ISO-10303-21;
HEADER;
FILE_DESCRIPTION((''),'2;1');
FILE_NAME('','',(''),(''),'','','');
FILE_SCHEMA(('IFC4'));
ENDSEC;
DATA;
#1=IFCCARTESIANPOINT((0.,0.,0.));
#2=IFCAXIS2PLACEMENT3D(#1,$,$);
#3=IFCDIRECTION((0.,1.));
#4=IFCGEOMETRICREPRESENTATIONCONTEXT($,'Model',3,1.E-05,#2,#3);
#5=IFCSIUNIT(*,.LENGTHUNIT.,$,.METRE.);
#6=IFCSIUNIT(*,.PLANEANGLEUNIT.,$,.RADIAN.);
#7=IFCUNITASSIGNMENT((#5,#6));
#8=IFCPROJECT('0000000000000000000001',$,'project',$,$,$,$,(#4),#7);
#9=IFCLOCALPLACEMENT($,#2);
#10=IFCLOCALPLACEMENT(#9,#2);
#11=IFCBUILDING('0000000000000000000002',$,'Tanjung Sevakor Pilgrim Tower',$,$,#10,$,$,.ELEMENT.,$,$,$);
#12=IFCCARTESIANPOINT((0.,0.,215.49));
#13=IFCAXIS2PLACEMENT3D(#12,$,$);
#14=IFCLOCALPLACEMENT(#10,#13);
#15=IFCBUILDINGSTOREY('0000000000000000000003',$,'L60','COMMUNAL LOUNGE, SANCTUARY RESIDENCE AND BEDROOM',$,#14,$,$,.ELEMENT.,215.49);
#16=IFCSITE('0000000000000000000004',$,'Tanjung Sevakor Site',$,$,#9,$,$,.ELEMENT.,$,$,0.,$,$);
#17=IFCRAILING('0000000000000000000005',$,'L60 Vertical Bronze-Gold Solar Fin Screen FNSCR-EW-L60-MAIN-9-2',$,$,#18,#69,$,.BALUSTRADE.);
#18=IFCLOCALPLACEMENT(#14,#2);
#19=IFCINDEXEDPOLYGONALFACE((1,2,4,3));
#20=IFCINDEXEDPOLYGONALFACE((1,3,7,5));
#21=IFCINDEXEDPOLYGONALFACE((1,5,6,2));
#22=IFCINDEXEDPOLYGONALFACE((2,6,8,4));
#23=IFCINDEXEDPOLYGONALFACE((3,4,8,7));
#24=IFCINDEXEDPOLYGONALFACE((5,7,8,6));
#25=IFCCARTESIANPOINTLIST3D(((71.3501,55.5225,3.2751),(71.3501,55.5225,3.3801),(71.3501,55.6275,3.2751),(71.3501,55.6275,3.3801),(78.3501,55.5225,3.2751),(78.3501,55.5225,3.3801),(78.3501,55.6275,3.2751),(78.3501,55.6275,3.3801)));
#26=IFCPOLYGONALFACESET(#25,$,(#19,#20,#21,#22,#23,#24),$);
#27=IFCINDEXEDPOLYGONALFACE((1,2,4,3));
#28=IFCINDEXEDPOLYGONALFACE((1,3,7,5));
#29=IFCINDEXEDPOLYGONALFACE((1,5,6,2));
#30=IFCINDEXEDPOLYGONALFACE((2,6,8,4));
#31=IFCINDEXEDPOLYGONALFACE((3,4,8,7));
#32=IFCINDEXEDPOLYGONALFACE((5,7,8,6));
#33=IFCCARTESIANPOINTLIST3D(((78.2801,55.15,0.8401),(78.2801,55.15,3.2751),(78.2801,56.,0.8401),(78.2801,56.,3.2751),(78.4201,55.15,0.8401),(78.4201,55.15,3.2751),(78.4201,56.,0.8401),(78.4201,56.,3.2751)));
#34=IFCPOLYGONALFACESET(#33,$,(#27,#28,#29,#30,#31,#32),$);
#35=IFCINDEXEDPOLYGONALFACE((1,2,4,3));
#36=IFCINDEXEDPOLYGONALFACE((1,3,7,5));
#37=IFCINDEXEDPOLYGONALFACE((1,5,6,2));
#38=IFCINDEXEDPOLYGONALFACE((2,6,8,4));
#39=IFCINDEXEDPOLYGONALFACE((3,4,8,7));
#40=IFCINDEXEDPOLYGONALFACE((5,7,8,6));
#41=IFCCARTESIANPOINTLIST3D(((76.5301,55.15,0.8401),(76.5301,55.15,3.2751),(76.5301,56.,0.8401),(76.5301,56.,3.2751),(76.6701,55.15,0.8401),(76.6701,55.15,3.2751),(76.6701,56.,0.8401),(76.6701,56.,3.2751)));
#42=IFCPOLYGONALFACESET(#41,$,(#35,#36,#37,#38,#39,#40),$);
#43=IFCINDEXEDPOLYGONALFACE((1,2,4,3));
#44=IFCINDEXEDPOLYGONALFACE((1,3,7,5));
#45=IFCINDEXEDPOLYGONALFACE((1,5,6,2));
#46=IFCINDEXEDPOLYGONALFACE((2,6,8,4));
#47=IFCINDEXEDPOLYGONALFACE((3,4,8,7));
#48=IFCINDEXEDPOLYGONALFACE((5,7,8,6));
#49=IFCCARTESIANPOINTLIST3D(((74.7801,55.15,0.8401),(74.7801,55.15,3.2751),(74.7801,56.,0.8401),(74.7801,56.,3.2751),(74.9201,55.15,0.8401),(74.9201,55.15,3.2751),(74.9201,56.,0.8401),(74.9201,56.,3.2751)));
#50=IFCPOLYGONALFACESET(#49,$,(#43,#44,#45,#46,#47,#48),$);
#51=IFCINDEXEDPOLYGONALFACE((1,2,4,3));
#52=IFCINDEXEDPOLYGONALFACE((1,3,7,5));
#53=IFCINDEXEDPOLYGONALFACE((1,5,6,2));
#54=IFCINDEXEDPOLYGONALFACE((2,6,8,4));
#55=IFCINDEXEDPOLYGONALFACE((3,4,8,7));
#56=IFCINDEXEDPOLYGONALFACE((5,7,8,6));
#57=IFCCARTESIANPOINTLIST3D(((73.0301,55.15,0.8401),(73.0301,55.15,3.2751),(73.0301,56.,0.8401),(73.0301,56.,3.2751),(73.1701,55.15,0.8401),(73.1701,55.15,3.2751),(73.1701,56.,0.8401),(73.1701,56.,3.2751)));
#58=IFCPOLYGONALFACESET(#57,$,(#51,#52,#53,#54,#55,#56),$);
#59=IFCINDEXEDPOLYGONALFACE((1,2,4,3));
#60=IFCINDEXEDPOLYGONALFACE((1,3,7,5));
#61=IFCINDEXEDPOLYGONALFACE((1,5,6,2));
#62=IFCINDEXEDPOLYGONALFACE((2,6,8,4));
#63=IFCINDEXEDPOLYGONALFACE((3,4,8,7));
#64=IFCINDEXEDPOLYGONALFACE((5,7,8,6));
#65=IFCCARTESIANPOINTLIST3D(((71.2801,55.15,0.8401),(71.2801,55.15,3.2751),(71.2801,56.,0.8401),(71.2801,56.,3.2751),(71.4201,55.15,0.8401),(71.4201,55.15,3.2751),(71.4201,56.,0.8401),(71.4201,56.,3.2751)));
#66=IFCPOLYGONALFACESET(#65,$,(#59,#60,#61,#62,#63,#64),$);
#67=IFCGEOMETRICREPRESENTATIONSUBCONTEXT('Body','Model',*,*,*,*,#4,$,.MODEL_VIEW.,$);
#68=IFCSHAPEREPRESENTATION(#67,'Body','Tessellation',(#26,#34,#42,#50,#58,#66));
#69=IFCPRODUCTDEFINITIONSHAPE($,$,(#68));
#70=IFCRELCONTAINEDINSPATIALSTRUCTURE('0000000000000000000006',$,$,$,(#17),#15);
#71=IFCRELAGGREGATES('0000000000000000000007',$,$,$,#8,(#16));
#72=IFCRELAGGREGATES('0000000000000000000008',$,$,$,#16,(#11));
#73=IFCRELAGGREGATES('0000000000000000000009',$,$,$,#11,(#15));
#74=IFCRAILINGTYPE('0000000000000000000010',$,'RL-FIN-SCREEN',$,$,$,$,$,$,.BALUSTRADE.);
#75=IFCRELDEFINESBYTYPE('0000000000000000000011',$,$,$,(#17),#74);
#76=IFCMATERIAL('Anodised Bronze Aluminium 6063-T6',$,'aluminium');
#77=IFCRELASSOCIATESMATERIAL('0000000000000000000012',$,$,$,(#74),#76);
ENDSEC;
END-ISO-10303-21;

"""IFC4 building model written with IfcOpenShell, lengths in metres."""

from ifc_helpers import new_model, si_unit, direction, frame, origin, place, context, subcontext, project, spatial, rectangle, extrude, material, type_object, element, save


model = new_model("IFC4")

# Units and contexts
model_context = context("Model", 3, precision=1e-05, world=origin(), true_north=direction((0.0, 1.0)))
body_context = subcontext(model_context, "Body", "Model", "MODEL_VIEW")
ifc_project = project(units=[si_unit("LENGTHUNIT", "METRE"), si_unit("PLANEANGLEUNIT", "RADIAN")], contexts=[model_context])

# Site, building, storey
site_placement = place(None, origin())
site = spatial("IfcSite", under=ifc_project, at=site_placement, Name="Tanjung Sevakor Site", CompositionType="ELEMENT", RefElevation=0.0)
building_placement = place(site_placement, origin())
building = spatial("IfcBuilding", under=site, at=building_placement, Name="Tanjung Sevakor Pilgrim Tower", CompositionType="ELEMENT")
storey_placement = place(building_placement, frame((0.0, 0.0, 215.49)))
storey = spatial("IfcBuildingStorey", under=building, at=storey_placement, Name="L60", Description="COMMUNAL LOUNGE, SANCTUARY RESIDENCE AND BEDROOM", CompositionType="ELEMENT", Elevation=215.49)

# Railing
ifc_material_1 = material(Name="Anodised Bronze Aluminium 6063-T6", Category="aluminium")
railing_type = type_object("IfcRailingType", Name="RL-FIN-SCREEN", PredefinedType="BALUSTRADE", material=ifc_material_1)
railing_placement = place(storey_placement, frame((78.3501, 55.575, 0.8401)))
element("IfcRailing", 1, at=railing_placement, inside=storey, type_object=railing_type, Name="L60 Vertical Bronze-Gold Solar Fin Screen FNSCR-EW-L60-MAIN-9-2", PredefinedType="BALUSTRADE", context=body_context, shape_type="SweptSolid", body=[
    extrude(rectangle(XDim=0.105, YDim=0.105), frame((0.0, 0.0, 2.4875), z_axis=(-1.0, 0.0, 0.0), x_axis=(0.0, -1.0, 0.0)), (0.0, 0.0, 1.0), 7.0),
    extrude(rectangle(XDim=0.14, YDim=0.85), origin(), (0.0, 0.0, 1.0), 2.4351),
    extrude(rectangle(XDim=0.14, YDim=0.85), frame((-1.75, 0.0, 0.0)), (0.0, 0.0, 1.0), 2.4351),
    extrude(rectangle(XDim=0.14, YDim=0.85), frame((-3.5, 0.0, 0.0)), (0.0, 0.0, 1.0), 2.4351),
    extrude(rectangle(XDim=0.14, YDim=0.85), frame((-5.25, 0.0, 0.0)), (0.0, 0.0, 1.0), 2.4351),
    extrude(rectangle(XDim=0.14, YDim=0.85), frame((-7.0, 0.0, 0.0)), (0.0, 0.0, 1.0), 2.4351),
])

save(model, "model.ifc")
